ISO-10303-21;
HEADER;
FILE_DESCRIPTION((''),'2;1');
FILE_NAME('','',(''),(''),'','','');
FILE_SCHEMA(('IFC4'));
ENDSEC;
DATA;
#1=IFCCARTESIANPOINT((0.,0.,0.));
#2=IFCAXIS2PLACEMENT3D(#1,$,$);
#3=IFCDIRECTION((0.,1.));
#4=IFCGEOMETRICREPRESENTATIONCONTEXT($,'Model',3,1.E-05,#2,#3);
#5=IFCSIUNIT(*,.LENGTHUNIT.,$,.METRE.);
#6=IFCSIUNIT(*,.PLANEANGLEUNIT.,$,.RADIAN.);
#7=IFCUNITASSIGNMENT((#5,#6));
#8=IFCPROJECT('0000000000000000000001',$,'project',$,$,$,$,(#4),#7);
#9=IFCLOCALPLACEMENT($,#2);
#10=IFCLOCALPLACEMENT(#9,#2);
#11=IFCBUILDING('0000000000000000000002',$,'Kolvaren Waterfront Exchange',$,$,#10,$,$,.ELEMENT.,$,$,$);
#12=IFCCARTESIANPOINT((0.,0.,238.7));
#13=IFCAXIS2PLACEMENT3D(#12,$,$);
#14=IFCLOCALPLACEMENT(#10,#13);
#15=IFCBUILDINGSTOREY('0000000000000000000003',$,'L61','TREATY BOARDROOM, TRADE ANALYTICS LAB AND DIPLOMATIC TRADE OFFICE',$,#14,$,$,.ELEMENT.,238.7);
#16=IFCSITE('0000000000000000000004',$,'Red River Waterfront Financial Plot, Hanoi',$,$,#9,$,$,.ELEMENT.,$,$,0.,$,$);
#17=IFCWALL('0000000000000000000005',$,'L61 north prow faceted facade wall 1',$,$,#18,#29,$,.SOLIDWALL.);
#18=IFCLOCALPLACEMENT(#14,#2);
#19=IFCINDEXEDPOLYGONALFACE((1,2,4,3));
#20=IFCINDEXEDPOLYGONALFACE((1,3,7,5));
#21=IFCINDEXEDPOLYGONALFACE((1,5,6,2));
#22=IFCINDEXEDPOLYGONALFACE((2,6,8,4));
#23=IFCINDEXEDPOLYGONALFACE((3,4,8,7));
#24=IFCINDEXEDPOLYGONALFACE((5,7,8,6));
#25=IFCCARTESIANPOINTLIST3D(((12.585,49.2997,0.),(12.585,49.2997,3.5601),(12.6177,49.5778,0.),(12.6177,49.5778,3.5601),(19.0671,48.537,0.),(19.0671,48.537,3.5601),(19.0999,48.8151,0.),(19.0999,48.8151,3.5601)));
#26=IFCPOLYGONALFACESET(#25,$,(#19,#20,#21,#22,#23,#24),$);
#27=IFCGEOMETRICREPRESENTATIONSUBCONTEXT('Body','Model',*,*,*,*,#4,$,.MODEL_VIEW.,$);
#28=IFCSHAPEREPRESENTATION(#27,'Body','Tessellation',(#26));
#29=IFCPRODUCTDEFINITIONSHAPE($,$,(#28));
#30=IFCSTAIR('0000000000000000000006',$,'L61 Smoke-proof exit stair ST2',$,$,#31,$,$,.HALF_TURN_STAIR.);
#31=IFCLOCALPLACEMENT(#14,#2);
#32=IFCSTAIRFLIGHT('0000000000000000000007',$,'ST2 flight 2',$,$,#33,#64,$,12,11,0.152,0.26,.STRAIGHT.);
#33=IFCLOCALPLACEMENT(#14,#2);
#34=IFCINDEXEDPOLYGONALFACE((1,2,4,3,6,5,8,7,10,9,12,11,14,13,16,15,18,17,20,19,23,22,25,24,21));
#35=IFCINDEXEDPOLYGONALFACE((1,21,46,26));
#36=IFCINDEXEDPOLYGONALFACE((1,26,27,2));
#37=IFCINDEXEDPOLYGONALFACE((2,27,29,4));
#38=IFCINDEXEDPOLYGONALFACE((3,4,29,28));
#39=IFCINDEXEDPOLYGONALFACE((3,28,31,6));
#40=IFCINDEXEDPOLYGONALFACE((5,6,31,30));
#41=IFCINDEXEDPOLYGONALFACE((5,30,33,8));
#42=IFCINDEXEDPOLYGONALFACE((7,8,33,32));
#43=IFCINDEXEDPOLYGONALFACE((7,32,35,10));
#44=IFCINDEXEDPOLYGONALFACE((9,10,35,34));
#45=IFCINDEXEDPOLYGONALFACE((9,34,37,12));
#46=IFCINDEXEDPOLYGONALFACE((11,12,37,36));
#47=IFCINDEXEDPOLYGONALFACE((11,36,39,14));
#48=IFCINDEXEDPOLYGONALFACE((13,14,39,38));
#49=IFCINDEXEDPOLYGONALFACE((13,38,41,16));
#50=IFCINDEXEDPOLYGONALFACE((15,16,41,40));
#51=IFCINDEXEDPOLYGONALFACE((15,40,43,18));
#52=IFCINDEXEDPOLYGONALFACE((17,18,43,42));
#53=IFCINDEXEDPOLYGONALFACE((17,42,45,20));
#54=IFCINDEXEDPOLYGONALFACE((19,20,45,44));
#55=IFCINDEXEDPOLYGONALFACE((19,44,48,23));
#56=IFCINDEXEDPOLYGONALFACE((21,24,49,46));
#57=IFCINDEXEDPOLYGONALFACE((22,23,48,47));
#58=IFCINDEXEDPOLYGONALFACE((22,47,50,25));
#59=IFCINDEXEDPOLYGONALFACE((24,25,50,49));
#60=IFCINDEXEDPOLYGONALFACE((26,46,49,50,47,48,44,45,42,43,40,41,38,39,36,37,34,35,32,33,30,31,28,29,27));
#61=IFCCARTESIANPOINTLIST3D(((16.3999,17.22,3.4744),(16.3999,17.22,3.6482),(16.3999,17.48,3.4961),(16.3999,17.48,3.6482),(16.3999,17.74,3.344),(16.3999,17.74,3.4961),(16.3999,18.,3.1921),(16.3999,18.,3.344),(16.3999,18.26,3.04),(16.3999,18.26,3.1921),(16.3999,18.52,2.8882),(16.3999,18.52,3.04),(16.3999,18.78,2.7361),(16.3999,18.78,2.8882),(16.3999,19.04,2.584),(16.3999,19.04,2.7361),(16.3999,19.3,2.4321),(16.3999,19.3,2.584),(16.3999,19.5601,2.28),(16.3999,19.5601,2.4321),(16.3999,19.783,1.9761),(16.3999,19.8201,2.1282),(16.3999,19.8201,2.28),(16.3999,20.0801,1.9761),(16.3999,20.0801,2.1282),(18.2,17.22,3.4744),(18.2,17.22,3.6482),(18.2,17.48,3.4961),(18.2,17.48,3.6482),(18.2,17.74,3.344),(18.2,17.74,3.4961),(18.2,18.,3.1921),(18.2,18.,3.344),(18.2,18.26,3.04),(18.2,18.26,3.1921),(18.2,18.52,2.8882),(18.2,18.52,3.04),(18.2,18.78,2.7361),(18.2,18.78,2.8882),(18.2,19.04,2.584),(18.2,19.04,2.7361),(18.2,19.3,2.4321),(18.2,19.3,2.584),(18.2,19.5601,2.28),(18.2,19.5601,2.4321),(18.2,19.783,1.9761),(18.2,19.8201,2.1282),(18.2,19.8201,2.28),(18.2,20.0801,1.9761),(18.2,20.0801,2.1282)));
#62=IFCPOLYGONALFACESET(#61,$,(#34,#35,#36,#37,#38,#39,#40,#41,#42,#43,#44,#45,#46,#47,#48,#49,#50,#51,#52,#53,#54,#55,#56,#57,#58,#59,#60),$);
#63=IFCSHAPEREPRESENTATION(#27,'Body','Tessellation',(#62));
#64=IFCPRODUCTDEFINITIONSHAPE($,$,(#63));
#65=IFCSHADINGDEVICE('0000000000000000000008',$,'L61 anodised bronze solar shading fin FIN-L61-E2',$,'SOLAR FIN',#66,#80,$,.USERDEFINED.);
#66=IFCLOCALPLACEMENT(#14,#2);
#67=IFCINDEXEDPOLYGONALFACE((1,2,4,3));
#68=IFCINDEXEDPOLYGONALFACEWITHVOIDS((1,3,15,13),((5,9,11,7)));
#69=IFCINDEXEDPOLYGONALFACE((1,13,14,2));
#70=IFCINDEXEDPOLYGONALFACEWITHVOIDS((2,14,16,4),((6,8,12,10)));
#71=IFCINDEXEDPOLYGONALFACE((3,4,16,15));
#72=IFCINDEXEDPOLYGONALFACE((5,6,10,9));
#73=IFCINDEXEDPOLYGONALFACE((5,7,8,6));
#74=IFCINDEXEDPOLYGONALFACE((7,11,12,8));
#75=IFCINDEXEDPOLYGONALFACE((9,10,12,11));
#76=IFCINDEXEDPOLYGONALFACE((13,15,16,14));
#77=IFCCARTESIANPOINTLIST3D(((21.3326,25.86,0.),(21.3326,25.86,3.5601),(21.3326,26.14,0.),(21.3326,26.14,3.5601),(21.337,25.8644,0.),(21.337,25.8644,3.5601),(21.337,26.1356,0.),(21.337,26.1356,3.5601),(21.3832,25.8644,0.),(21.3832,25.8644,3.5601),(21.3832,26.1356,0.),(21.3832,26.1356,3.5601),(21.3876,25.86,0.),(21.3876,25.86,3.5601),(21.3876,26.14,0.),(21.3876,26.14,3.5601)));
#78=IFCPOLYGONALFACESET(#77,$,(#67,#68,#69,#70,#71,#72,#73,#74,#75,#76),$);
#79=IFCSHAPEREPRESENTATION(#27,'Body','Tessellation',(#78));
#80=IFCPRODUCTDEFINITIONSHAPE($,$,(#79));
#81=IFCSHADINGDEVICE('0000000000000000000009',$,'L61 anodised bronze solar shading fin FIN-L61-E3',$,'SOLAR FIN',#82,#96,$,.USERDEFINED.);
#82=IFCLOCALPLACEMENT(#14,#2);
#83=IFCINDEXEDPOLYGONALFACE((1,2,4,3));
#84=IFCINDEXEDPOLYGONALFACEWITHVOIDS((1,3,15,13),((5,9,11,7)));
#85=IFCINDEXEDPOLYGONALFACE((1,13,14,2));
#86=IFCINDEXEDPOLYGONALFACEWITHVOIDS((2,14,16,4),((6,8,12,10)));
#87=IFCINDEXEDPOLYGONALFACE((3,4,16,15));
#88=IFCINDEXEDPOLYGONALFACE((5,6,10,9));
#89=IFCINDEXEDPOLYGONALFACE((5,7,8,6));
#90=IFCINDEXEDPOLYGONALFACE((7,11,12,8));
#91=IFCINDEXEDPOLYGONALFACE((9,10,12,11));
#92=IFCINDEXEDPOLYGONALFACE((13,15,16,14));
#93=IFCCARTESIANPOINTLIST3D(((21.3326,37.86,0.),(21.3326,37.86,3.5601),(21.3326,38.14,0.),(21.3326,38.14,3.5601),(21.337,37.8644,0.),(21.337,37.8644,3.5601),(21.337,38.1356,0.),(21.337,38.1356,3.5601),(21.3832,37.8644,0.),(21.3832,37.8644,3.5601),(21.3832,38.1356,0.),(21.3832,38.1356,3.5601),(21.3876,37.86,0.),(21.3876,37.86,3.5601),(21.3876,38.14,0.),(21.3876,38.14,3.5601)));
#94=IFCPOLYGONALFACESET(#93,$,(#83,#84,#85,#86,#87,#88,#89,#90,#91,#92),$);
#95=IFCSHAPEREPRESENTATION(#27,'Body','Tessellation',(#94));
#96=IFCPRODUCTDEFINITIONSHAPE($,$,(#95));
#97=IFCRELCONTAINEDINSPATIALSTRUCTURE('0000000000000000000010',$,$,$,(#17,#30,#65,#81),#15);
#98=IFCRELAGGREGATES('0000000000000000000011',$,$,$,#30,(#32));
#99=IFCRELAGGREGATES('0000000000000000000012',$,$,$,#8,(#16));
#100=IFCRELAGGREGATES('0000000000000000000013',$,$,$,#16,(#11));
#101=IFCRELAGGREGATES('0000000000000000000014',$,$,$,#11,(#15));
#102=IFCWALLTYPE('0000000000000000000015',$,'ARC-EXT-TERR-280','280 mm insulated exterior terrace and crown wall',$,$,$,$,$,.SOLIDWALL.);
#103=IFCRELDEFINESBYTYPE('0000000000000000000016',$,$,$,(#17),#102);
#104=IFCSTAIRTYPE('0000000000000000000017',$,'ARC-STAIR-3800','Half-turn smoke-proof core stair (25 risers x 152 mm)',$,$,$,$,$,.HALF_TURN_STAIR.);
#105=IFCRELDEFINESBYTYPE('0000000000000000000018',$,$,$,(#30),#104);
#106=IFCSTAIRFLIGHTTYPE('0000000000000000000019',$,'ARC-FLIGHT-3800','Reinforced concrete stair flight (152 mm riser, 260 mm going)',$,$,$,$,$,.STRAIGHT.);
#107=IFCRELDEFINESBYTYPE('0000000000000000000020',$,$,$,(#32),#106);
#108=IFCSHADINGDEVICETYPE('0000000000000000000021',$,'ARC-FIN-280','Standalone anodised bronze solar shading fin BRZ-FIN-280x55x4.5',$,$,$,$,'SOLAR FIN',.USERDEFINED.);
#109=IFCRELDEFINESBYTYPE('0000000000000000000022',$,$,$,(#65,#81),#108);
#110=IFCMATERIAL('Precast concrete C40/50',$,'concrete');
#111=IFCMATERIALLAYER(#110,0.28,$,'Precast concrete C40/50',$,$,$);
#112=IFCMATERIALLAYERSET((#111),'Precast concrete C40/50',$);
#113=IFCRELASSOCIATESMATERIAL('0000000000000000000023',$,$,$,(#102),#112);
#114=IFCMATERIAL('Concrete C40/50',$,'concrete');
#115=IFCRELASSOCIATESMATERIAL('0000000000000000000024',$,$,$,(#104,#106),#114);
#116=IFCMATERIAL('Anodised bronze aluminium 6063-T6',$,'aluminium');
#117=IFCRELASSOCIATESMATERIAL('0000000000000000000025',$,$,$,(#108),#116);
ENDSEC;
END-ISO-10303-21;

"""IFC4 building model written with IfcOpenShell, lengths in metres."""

from ifc_helpers import new_model, si_unit, direction, frame, frame_2d, origin, origin_2d, place, context, subcontext, project, spatial, polyline, rectangle, hollow_rectangle, outline, extrude, material, layer, layer_set, material_profile, profile_set, type_object, element, aggregate, save


model = new_model("IFC4")

# Units and contexts
model_context = context("Model", 3, precision=1e-05, world=origin(), true_north=direction((0.0, 1.0)))
body_context = subcontext(model_context, "Body", "Model", "MODEL_VIEW")
ifc_project = project(units=[si_unit("LENGTHUNIT", "METRE"), si_unit("PLANEANGLEUNIT", "RADIAN")], contexts=[model_context])

# Site, building, storey
site_placement = place(None, origin())
site = spatial("IfcSite", under=ifc_project, at=site_placement, Name="Red River Waterfront Financial Plot, Hanoi", CompositionType="ELEMENT", RefElevation=0.0)
building_placement = place(site_placement, origin())
building = spatial("IfcBuilding", under=site, at=building_placement, Name="Kolvaren Waterfront Exchange", CompositionType="ELEMENT")
storey_placement = place(building_placement, frame((0.0, 0.0, 238.7)))
storey = spatial("IfcBuildingStorey", under=building, at=storey_placement, Name="L61", Description="TREATY BOARDROOM, TRADE ANALYTICS LAB AND DIPLOMATIC TRADE OFFICE", CompositionType="ELEMENT", Elevation=238.7)

# Shared definitions
ifc_material_1 = material(Name="Anodised bronze aluminium 6063-T6", Category="aluminium")

# Wall
ifc_material_2 = material(Name="Precast concrete C40/50", Category="concrete")
ifc_layer_1 = layer(ifc_material_2, 0.28, Name="Precast concrete C40/50")
ifc_layer_set_1 = layer_set([ifc_layer_1], Name="Precast concrete C40/50")
wall_type = type_object("IfcWallType", Name="ARC-EXT-TERR-280", Description="280 mm insulated exterior terrace and crown wall", PredefinedType="SOLIDWALL", material=ifc_layer_set_1)
wall_1_placement = place(storey_placement, frame((19.0835, 48.676, 0.0), z_axis=(0.0, 0.0, 1.0), x_axis=(-0.993149, 0.116854, 0.0)))
element("IfcWall", 1, at=wall_1_placement, inside=storey, type_object=wall_type, Name="L61 north prow faceted facade wall 1", PredefinedType="SOLIDWALL", context=body_context, shape_type="SweptSolid", body=[
    extrude(rectangle(XDim=6.5269, YDim=0.28, at=frame_2d((3.2634, 0.0))), origin(), (0.0, 0.0, 1.0), 3.5601),
])

# Stair, stair flight
ifc_material_3 = material(Name="Concrete C40/50", Category="concrete")
stair_type = type_object("IfcStairType", Name="ARC-STAIR-3800", Description="Half-turn smoke-proof core stair (25 risers x 152 mm)", PredefinedType="HALF_TURN_STAIR", material=ifc_material_3)
stair_placement = place(storey_placement, origin())
stair = element("IfcStair", 2, at=stair_placement, inside=storey, type_object=stair_type, Name="L61 Smoke-proof exit stair ST2", PredefinedType="HALF_TURN_STAIR")
stair_flight_type = type_object("IfcStairFlightType", Name="ARC-FLIGHT-3800", Description="Reinforced concrete stair flight (152 mm riser, 260 mm going)", PredefinedType="STRAIGHT", material=ifc_material_3)
stair_flight_placement = place(storey_placement, frame((17.3, 20.0801, 1.9761), z_axis=(0.0, 0.0, 1.0), x_axis=(0.0, -1.0, 0.0)))
stair_flight = element("IfcStairFlight", 3, at=stair_flight_placement, type_object=stair_flight_type, Name="ST2 flight 2", NumberOfRisers=12, NumberOfTreads=11, PredefinedType="STRAIGHT", RiserHeight=0.152, TreadLength=0.26, context=body_context, shape_type="SweptSolid", body=[
    extrude(outline(polyline([(0.0, 0.0), (0.0, 0.1521), (0.26, 0.1521), (0.26, 0.304), (0.52, 0.304), (0.52, 0.4561), (0.78, 0.4561), (0.78, 0.6079), (1.04, 0.6079), (1.04, 0.76), (1.3, 0.76), (1.3, 0.9121), (1.5601, 0.9121), (1.5601, 1.064), (1.8201, 1.064), (1.8201, 1.2161), (2.0801, 1.2161), (2.0801, 1.3679), (2.3401, 1.3679), (2.3401, 1.52), (2.6001, 1.52), (2.6001, 1.6721), (2.8601, 1.6721), (2.8601, 1.824), (2.8601, 1.4983), (0.2971, 0.0), (0.0, 0.0)])), frame((0.0, 0.8999, 0.0), z_axis=(0.0, -1.0, 0.0), x_axis=(1.0, 0.0, 0.0)), (0.0, 0.0, 1.0), 1.8),
])
aggregate(stair, [stair_flight])

# Shading devices
ifc_material_profile_1 = material_profile(ifc_material_1, hollow_rectangle(XDim=0.0549, YDim=0.28, WallThickness=0.0044, at=origin_2d()), Name="BRZ-FIN-280x55x4.5")
ifc_profile_set_1 = profile_set([ifc_material_profile_1], Name="Anodised bronze aluminium 6063-T6")
shading_device_type = type_object("IfcShadingDeviceType", Name="ARC-FIN-280", Description="Standalone anodised bronze solar shading fin BRZ-FIN-280x55x4.5", ElementType="SOLAR FIN", PredefinedType="USERDEFINED", material=ifc_profile_set_1)
for number, where, z_axis, x_axis, name in (
    (4, (21.3601, 26.0, 0.0), (0.0, 0.0, 1.0), (1.0, 0.0, 0.0), "L61 anodised bronze solar shading fin FIN-L61-E2"),
    (5, (21.3601, 38.0, 0.0), (0.0, 0.0, 1.0), (1.0, 0.0, 0.0), "L61 anodised bronze solar shading fin FIN-L61-E3"),
):
    element("IfcShadingDevice", number, at=place(storey_placement, frame(where, z_axis=z_axis, x_axis=x_axis)), inside=storey, type_object=shading_device_type, Name=name, ObjectType="SOLAR FIN", PredefinedType="USERDEFINED", context=body_context, shape_type="SweptSolid", body=[
        extrude(hollow_rectangle(XDim=0.0549, YDim=0.28, WallThickness=0.0044, at=origin_2d()), origin(), (0.0, 0.0, 1.0), 3.5601),
    ])

save(model, "model.ifc")
